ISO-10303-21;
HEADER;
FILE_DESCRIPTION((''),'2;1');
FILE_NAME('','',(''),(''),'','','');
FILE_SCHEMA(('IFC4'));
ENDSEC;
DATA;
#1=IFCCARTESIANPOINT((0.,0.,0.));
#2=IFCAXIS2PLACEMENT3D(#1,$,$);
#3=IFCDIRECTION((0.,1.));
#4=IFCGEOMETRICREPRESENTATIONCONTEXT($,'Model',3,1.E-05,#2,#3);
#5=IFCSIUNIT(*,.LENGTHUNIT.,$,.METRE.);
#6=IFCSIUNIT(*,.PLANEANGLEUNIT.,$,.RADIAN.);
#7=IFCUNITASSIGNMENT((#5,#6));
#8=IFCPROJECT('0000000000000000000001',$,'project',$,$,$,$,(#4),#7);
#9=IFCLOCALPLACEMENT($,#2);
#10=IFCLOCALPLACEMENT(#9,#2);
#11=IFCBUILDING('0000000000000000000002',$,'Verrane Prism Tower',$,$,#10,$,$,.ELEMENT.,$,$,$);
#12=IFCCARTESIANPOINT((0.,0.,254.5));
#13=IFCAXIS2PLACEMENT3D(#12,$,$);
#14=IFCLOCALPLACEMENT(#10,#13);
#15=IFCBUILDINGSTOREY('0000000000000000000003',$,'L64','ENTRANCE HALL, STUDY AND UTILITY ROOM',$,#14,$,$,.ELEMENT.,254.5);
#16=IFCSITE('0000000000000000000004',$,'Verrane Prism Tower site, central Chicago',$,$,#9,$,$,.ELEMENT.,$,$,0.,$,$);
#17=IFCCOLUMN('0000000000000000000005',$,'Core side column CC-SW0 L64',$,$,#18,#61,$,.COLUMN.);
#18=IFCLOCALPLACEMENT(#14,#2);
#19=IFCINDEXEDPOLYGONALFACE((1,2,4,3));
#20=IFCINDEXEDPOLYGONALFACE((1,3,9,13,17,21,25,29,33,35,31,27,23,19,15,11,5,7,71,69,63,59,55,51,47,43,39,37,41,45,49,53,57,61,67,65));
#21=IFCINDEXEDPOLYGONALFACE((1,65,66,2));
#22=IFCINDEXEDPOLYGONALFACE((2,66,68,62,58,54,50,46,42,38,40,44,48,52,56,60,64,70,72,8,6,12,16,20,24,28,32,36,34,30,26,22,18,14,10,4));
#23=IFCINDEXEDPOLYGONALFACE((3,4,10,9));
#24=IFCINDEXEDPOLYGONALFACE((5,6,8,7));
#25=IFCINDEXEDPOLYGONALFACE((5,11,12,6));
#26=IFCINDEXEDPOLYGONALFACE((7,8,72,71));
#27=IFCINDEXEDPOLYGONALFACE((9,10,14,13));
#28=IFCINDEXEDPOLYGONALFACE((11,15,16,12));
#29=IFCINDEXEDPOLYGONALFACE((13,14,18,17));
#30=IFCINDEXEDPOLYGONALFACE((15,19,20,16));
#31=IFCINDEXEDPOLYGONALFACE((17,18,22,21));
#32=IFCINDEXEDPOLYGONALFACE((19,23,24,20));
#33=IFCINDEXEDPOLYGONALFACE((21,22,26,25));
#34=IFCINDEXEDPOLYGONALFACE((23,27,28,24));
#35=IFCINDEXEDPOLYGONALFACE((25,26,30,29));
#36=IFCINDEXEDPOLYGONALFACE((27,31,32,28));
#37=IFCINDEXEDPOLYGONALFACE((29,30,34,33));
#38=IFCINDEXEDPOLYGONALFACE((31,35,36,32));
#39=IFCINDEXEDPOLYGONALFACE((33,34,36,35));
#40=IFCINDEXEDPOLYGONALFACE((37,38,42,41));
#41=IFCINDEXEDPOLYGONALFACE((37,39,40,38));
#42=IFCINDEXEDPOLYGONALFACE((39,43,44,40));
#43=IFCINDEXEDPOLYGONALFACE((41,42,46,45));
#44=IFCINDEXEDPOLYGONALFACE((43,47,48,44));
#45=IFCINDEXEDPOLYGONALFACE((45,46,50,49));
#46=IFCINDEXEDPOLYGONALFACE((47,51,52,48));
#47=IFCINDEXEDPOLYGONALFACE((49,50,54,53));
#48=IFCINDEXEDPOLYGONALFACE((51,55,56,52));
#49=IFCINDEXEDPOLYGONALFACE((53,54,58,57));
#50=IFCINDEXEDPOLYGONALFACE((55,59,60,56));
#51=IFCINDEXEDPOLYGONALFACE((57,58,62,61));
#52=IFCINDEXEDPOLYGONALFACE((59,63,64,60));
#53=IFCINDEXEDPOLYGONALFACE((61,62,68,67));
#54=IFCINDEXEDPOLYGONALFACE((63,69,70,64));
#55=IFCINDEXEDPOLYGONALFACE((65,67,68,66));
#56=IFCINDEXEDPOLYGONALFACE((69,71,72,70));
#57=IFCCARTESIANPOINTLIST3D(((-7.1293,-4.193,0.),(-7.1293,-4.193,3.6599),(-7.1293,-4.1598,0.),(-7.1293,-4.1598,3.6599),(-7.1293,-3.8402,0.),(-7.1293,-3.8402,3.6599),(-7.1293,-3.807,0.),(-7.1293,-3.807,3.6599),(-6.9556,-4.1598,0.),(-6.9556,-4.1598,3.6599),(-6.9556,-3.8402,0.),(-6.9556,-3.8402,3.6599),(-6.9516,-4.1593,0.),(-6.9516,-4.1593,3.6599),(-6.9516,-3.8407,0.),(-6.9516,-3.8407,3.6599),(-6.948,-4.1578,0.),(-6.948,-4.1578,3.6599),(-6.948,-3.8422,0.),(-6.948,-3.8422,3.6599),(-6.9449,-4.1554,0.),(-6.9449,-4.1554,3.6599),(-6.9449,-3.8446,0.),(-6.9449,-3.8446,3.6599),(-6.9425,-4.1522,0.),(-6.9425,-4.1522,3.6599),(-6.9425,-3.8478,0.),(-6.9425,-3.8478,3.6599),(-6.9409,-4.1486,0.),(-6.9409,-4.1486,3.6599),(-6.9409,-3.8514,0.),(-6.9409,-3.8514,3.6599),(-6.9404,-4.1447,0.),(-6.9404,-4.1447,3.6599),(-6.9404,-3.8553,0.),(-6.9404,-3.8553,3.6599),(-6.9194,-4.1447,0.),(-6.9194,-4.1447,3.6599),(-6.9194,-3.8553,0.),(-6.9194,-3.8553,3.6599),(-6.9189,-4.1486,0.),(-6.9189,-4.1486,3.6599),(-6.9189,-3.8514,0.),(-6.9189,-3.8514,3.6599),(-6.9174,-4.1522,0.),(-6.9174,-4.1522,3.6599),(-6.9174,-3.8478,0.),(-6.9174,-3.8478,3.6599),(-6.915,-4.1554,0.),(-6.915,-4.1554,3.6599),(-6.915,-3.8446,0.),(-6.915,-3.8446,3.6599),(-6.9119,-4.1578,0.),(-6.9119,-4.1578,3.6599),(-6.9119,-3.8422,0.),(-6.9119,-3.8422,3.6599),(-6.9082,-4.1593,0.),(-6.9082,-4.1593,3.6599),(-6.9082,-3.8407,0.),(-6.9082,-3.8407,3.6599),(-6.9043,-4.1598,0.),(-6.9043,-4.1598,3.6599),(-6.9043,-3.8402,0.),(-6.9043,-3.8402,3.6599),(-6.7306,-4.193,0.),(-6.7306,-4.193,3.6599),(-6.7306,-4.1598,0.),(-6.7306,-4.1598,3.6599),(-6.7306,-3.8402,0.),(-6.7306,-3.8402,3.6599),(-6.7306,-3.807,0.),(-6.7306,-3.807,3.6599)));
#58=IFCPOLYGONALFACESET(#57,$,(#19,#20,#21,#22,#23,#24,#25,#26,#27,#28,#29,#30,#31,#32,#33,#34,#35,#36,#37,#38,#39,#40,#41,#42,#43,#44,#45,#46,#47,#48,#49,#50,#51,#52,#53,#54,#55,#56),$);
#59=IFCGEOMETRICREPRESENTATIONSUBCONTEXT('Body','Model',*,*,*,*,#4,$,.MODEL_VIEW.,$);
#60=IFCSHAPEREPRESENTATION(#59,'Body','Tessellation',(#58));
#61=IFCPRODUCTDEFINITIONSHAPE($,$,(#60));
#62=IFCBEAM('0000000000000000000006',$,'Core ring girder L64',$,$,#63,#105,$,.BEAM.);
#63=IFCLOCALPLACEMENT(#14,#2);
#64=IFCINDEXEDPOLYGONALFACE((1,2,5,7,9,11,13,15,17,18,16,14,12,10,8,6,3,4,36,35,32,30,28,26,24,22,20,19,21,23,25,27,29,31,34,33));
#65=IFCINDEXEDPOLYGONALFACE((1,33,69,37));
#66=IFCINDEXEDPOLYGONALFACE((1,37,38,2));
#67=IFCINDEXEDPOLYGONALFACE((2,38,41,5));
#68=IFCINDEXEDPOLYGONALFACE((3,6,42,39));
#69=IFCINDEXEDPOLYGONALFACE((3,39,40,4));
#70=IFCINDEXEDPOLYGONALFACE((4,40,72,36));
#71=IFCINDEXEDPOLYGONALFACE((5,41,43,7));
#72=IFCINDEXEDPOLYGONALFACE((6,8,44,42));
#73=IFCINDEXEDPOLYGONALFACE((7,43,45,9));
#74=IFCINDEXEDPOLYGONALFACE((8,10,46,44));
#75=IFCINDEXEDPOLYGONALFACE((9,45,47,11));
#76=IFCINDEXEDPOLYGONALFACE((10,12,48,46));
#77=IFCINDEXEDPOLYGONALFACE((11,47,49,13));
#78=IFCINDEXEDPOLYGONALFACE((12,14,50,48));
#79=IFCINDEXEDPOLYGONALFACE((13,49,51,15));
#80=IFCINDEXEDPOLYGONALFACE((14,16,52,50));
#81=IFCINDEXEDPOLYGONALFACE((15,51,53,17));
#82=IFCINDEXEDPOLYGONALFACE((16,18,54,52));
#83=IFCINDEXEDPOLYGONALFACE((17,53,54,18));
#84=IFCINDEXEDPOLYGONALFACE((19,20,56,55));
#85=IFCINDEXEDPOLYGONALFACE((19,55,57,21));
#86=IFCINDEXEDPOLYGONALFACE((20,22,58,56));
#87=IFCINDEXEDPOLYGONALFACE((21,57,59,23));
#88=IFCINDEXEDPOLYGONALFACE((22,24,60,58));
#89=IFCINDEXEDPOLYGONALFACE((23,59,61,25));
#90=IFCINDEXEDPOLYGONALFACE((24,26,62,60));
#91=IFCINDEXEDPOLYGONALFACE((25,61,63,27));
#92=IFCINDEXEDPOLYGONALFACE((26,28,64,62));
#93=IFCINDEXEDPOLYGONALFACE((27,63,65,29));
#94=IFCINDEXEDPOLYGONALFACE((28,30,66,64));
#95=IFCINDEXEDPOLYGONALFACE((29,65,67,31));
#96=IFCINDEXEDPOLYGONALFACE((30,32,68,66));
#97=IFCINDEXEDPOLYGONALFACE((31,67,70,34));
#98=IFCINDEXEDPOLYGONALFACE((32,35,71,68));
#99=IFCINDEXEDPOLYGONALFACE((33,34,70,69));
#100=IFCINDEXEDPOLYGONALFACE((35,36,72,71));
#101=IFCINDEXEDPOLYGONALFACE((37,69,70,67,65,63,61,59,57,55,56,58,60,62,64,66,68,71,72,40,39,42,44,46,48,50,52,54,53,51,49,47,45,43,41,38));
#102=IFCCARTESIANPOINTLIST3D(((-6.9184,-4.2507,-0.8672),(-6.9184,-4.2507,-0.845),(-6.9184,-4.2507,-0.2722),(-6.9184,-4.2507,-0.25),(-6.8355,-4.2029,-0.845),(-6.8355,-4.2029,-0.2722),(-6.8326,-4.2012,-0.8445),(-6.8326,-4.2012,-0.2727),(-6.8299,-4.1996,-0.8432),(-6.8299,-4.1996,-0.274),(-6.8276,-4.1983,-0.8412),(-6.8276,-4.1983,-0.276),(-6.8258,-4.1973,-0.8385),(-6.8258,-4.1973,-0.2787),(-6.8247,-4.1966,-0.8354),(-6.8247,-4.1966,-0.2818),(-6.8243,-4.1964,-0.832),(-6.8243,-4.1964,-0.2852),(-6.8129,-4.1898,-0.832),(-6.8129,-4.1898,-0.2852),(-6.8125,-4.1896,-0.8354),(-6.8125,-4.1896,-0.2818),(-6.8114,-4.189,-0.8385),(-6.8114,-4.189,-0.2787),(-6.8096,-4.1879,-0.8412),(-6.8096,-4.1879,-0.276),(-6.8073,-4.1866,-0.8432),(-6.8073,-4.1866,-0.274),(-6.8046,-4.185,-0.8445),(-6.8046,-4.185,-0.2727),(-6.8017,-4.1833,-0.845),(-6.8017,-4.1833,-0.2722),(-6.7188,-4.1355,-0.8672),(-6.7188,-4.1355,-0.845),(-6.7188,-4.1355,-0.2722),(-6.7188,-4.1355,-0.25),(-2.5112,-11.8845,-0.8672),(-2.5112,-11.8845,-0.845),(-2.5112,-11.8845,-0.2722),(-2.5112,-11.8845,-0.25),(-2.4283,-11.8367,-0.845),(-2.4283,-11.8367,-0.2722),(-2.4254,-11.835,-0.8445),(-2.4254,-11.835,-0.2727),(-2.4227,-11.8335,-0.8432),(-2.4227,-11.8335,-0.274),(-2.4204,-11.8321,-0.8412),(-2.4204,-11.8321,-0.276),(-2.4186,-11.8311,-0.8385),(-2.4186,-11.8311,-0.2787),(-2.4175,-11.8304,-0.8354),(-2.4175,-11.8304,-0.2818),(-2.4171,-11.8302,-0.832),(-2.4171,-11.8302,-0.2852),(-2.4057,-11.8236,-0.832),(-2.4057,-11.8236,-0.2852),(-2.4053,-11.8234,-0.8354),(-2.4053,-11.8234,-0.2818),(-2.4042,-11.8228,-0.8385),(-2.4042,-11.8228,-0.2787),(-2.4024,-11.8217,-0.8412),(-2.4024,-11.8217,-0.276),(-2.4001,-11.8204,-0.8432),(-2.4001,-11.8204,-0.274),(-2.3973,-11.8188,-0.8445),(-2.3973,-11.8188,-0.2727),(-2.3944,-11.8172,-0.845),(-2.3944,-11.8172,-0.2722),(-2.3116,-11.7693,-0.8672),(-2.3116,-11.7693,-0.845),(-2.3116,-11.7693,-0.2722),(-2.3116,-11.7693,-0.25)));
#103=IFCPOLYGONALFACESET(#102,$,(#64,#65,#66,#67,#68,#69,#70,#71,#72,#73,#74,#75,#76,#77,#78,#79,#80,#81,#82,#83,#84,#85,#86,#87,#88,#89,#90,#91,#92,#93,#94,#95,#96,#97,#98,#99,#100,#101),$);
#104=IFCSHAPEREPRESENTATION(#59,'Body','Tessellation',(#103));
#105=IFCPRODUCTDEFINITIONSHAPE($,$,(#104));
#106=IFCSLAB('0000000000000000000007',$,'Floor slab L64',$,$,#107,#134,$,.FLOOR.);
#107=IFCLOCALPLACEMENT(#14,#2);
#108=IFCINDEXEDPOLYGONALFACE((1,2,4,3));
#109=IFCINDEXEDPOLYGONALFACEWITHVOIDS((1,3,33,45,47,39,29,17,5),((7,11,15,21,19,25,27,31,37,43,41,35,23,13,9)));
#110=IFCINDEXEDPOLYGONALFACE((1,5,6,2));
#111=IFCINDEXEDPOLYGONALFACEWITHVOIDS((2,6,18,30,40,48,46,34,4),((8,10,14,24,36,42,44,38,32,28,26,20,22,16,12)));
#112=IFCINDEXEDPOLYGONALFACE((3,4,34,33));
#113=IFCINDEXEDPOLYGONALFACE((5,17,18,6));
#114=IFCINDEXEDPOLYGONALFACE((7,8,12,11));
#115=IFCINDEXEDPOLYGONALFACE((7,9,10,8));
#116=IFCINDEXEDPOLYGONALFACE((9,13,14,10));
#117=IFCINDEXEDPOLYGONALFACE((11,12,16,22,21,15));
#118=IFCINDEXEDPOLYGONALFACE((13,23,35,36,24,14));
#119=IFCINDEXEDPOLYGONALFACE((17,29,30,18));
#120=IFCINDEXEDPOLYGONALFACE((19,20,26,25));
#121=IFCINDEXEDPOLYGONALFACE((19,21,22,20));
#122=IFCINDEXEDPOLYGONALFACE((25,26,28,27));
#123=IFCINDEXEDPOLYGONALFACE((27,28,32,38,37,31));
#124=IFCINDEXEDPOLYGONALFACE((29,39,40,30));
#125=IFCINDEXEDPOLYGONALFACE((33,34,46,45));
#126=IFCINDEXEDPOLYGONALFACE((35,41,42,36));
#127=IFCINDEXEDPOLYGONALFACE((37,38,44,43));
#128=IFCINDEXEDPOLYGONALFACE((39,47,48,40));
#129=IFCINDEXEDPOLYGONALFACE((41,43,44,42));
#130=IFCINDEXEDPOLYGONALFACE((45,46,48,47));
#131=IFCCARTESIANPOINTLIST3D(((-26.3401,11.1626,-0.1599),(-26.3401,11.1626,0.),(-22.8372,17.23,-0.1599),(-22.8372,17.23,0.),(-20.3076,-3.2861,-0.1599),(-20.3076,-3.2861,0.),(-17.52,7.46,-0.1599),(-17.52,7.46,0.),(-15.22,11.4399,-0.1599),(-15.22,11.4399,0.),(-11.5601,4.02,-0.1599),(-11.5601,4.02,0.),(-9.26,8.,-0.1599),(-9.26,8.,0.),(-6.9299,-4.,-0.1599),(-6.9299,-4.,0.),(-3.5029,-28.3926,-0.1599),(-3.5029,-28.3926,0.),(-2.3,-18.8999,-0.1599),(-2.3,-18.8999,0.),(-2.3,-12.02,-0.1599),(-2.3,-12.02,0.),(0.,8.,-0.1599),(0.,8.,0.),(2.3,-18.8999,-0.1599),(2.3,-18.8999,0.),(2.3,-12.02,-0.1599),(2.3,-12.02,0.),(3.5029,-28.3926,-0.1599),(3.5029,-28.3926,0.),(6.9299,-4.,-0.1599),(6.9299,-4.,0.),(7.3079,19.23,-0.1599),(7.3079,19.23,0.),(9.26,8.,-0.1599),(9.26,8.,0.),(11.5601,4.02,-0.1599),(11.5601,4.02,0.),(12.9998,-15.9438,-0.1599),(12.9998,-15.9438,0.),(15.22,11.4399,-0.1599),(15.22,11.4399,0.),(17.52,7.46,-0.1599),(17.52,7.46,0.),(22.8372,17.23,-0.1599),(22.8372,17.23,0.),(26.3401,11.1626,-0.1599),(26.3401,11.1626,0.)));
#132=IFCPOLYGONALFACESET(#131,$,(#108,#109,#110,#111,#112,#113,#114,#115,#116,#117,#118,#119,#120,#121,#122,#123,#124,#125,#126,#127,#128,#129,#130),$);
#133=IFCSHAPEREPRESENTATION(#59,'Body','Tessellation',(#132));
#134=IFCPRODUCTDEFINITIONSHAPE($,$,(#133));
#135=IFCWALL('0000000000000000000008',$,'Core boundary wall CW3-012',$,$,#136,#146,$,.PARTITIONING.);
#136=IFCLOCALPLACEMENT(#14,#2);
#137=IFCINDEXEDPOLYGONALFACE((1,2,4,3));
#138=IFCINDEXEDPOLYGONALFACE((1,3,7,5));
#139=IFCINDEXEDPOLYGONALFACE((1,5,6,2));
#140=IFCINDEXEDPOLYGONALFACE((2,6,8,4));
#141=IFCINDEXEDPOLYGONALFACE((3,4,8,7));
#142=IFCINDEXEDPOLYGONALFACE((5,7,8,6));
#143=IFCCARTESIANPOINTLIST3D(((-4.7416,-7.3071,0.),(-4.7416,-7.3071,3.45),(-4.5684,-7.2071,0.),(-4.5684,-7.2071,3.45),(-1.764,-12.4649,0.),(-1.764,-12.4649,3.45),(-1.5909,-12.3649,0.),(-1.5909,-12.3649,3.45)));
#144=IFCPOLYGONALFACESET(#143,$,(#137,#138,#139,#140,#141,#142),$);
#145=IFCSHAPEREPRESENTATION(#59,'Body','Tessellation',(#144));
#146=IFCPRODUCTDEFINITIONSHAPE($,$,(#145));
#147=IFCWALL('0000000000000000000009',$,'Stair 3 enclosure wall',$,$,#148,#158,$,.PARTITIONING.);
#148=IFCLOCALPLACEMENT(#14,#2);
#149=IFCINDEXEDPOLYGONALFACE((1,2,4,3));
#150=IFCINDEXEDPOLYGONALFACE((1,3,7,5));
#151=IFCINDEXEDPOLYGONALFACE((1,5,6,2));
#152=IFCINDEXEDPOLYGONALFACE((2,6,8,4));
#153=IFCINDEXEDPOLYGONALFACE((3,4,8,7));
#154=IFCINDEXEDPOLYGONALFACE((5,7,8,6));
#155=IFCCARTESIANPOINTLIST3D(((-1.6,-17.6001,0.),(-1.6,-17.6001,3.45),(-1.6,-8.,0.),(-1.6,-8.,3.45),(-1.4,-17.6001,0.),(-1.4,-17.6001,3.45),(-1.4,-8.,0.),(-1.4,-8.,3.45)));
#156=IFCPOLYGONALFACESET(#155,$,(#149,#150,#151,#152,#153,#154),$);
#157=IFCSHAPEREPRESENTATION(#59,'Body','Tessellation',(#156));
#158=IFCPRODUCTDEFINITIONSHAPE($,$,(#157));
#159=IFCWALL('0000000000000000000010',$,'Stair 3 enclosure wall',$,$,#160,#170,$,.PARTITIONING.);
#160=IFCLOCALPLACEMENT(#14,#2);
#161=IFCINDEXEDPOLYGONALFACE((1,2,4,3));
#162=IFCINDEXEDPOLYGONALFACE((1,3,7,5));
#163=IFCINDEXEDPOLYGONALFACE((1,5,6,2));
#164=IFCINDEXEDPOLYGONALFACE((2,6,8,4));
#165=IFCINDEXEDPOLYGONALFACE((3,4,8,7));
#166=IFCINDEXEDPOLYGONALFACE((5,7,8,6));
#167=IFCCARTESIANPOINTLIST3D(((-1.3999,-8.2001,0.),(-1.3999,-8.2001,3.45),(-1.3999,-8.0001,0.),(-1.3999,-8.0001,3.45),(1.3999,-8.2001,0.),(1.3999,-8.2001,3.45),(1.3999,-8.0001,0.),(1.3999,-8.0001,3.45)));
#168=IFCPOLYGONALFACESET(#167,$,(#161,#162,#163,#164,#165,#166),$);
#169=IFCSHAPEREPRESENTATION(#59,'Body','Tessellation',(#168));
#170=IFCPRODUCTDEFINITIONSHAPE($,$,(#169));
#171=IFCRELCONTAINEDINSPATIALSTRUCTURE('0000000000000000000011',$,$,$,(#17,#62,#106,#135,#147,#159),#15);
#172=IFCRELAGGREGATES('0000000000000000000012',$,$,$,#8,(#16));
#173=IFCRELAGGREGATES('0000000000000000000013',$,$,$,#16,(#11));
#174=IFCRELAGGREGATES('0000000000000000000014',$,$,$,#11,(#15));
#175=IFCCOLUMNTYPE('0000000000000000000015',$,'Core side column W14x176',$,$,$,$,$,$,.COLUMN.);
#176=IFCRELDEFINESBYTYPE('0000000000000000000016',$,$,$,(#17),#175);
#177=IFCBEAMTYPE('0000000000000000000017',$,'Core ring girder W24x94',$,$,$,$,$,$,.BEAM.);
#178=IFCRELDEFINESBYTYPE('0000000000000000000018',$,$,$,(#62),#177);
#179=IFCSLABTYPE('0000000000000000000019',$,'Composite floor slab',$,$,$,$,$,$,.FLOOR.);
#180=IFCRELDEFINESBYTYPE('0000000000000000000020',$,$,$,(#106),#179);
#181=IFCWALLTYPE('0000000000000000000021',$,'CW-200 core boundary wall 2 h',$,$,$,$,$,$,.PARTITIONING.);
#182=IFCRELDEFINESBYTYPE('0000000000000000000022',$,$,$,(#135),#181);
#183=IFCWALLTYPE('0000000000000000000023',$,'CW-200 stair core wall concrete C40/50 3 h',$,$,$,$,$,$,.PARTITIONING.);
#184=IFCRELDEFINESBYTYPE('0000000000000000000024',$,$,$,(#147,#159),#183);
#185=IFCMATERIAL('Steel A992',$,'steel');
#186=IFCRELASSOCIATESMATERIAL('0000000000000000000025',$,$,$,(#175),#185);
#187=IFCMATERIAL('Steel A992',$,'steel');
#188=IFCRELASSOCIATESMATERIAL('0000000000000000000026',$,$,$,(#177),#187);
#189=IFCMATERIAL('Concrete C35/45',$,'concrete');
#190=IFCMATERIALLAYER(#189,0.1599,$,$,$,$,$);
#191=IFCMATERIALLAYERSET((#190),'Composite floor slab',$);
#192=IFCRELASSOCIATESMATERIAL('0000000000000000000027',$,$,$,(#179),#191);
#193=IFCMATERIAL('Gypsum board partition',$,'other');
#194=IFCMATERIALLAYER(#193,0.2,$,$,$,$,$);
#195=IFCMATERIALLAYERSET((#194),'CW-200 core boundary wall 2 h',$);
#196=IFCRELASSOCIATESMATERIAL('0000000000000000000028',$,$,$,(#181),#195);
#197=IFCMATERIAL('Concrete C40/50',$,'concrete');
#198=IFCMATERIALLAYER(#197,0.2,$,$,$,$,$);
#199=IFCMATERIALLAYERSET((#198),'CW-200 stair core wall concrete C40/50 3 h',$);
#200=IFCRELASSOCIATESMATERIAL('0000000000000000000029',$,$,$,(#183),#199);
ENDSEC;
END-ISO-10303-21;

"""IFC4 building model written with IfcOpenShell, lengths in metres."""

from ifc_helpers import new_model, si_unit, direction, frame, frame_2d, origin, origin_2d, place, context, subcontext, project, spatial, polyline, rectangle, i_section, outline, extrude, material, layer, layer_set, material_profile, profile_set, type_object, element, save


model = new_model("IFC4")

# Units and contexts
model_context = context("Model", 3, precision=1e-05, world=origin(), true_north=direction((0.0, 1.0)))
body_context = subcontext(model_context, "Body", "Model", "MODEL_VIEW")
ifc_project = project(units=[si_unit("LENGTHUNIT", "METRE"), si_unit("PLANEANGLEUNIT", "RADIAN")], contexts=[model_context])

# Site, building, storey
site_placement = place(None, origin())
site = spatial("IfcSite", under=ifc_project, at=site_placement, Name="Verrane Prism Tower site, central Chicago", CompositionType="ELEMENT", RefElevation=0.0)
building_placement = place(site_placement, origin())
building = spatial("IfcBuilding", under=site, at=building_placement, Name="Verrane Prism Tower", CompositionType="ELEMENT")
storey_placement = place(building_placement, frame((0.0, 0.0, 254.5)))
storey = spatial("IfcBuildingStorey", under=building, at=storey_placement, Name="L64", Description="ENTRANCE HALL, STUDY AND UTILITY ROOM", CompositionType="ELEMENT", Elevation=254.5)

# Column
ifc_material_1 = material(Name="Steel A992", Category="steel")
ifc_material_profile_1 = material_profile(ifc_material_1, i_section(OverallWidth=0.3987, OverallDepth=0.386, WebThickness=0.021, FlangeThickness=0.0332, FilletRadius=0.0151, at=origin_2d()), Name="W14x176")
ifc_profile_set_1 = profile_set([ifc_material_profile_1], Name="Steel A992")
column_type = type_object("IfcColumnType", Name="Core side column W14x176", PredefinedType="COLUMN", material=ifc_profile_set_1)
column_placement = place(storey_placement, frame((-6.9299, -4.0, 0.0), z_axis=(0.0, 0.0, 1.0), x_axis=(1.0, 0.0, 0.0)))
element("IfcColumn", 1, at=column_placement, inside=storey, type_object=column_type, Name="Core side column CC-SW0 L64", PredefinedType="COLUMN", context=body_context, shape_type="SweptSolid", body=[
    extrude(i_section(OverallWidth=0.3987, OverallDepth=0.386, WebThickness=0.021, FlangeThickness=0.0332, FilletRadius=0.0151, at=origin_2d()), origin(), (0.0, 0.0, 1.0), 3.6599),
])

# Beam
ifc_material_2 = material(Name="Steel A992", Category="steel")
ifc_material_profile_2 = material_profile(ifc_material_2, i_section(OverallWidth=0.2305, OverallDepth=0.6172, WebThickness=0.0132, FlangeThickness=0.0222, FilletRadius=0.0129, at=origin_2d()), Name="W24x94")
ifc_profile_set_2 = profile_set([ifc_material_profile_2], Name="Steel A992")
beam_type = type_object("IfcBeamType", Name="Core ring girder W24x94", PredefinedType="BEAM", material=ifc_profile_set_2)
beam_placement = place(storey_placement, frame((-6.8186, -4.1931, -0.5586), z_axis=(0.499988, -0.866032, 0.0), x_axis=(0.866032, 0.499988, 0.0)))
element("IfcBeam", 2, at=beam_placement, inside=storey, type_object=beam_type, Name="Core ring girder L64", PredefinedType="BEAM", context=body_context, shape_type="SweptSolid", body=[
    extrude(i_section(OverallWidth=0.2305, OverallDepth=0.6172, WebThickness=0.0132, FlangeThickness=0.0222, FilletRadius=0.0129, at=origin_2d()), origin(), (0.0, 0.0, 1.0), 8.8147),
])

# Slab
ifc_material_3 = material(Name="Concrete C35/45", Category="concrete")
ifc_layer_1 = layer(ifc_material_3, 0.1599)
ifc_layer_set_1 = layer_set([ifc_layer_1], Name="Composite floor slab")
slab_type = type_object("IfcSlabType", Name="Composite floor slab", PredefinedType="FLOOR", material=ifc_layer_set_1)
slab_placement = place(storey_placement, frame((0.0, 0.0, -0.1599)))
element("IfcSlab", 3, at=slab_placement, inside=storey, type_object=slab_type, Name="Floor slab L64", PredefinedType="FLOOR", context=body_context, shape_type="SweptSolid", body=[
    extrude(outline(polyline([(12.9998, -15.9438), (3.5029, -28.3926), (-3.5029, -28.3926), (-20.3076, -3.2861), (-26.3401, 11.1626), (-22.8372, 17.23), (7.3079, 19.23), (22.8372, 17.23), (26.3401, 11.1626), (12.9998, -15.9438)]), holes=[polyline([(17.52, 7.46), (15.22, 11.4399), (9.26, 8.0), (0.0, 8.0), (-9.26, 8.0), (-15.22, 11.4399), (-17.52, 7.46), (-11.5601, 4.02), (-6.9299, -4.0), (-2.3, -12.02), (-2.3, -18.8999), (2.3, -18.8999), (2.3, -12.02), (6.9299, -4.0), (11.5601, 4.02), (17.52, 7.46)])]), origin(), (0.0, 0.0, 1.0), 0.1599),
])

# Walls
ifc_material_4 = material(Name="Gypsum board partition", Category="other")
ifc_layer_2 = layer(ifc_material_4, 0.2)
ifc_layer_set_2 = layer_set([ifc_layer_2], Name="CW-200 core boundary wall 2 h")
wall_type_1 = type_object("IfcWallType", Name="CW-200 core boundary wall 2 h", PredefinedType="PARTITIONING", material=ifc_layer_set_2)
wall_1_placement = place(storey_placement, frame((-4.655, -7.2571, 0.0), z_axis=(0.0, 0.0, 1.0), x_axis=(0.499966, -0.866045, 0.0)))
element("IfcWall", 4, at=wall_1_placement, inside=storey, type_object=wall_type_1, Name="Core boundary wall CW3-012", PredefinedType="PARTITIONING", context=body_context, shape_type="SweptSolid", body=[
    extrude(rectangle(XDim=5.9556, YDim=0.2, at=frame_2d((2.9778, 0.0))), origin(), (0.0, 0.0, 1.0), 3.45),
])
ifc_material_5 = material(Name="Concrete C40/50", Category="concrete")
ifc_layer_3 = layer(ifc_material_5, 0.2)
ifc_layer_set_3 = layer_set([ifc_layer_3], Name="CW-200 stair core wall concrete C40/50 3 h")
wall_type_2 = type_object("IfcWallType", Name="CW-200 stair core wall concrete C40/50 3 h", PredefinedType="PARTITIONING", material=ifc_layer_set_3)
wall_2_placement = place(storey_placement, frame((-1.5, -8.0, 0.0), z_axis=(0.0, 0.0, 1.0), x_axis=(0.0, -1.0, 0.0)))
element("IfcWall", 5, at=wall_2_placement, inside=storey, type_object=wall_type_2, Name="Stair 3 enclosure wall", PredefinedType="PARTITIONING", context=body_context, shape_type="SweptSolid", body=[
    extrude(rectangle(XDim=9.6001, YDim=0.2, at=frame_2d((4.8, 0.0))), origin(), (0.0, 0.0, 1.0), 3.45),
])
wall_3_placement = place(storey_placement, frame((-1.3999, -8.1001, 0.0), z_axis=(0.0, 0.0, 1.0), x_axis=(1.0, 0.0, 0.0)))
element("IfcWall", 6, at=wall_3_placement, inside=storey, type_object=wall_type_2, Name="Stair 3 enclosure wall", PredefinedType="PARTITIONING", context=body_context, shape_type="SweptSolid", body=[
    extrude(rectangle(XDim=2.7998, YDim=0.2, at=frame_2d((1.3999, 0.0))), origin(), (0.0, 0.0, 1.0), 3.45),
])

save(model, "model.ifc")
